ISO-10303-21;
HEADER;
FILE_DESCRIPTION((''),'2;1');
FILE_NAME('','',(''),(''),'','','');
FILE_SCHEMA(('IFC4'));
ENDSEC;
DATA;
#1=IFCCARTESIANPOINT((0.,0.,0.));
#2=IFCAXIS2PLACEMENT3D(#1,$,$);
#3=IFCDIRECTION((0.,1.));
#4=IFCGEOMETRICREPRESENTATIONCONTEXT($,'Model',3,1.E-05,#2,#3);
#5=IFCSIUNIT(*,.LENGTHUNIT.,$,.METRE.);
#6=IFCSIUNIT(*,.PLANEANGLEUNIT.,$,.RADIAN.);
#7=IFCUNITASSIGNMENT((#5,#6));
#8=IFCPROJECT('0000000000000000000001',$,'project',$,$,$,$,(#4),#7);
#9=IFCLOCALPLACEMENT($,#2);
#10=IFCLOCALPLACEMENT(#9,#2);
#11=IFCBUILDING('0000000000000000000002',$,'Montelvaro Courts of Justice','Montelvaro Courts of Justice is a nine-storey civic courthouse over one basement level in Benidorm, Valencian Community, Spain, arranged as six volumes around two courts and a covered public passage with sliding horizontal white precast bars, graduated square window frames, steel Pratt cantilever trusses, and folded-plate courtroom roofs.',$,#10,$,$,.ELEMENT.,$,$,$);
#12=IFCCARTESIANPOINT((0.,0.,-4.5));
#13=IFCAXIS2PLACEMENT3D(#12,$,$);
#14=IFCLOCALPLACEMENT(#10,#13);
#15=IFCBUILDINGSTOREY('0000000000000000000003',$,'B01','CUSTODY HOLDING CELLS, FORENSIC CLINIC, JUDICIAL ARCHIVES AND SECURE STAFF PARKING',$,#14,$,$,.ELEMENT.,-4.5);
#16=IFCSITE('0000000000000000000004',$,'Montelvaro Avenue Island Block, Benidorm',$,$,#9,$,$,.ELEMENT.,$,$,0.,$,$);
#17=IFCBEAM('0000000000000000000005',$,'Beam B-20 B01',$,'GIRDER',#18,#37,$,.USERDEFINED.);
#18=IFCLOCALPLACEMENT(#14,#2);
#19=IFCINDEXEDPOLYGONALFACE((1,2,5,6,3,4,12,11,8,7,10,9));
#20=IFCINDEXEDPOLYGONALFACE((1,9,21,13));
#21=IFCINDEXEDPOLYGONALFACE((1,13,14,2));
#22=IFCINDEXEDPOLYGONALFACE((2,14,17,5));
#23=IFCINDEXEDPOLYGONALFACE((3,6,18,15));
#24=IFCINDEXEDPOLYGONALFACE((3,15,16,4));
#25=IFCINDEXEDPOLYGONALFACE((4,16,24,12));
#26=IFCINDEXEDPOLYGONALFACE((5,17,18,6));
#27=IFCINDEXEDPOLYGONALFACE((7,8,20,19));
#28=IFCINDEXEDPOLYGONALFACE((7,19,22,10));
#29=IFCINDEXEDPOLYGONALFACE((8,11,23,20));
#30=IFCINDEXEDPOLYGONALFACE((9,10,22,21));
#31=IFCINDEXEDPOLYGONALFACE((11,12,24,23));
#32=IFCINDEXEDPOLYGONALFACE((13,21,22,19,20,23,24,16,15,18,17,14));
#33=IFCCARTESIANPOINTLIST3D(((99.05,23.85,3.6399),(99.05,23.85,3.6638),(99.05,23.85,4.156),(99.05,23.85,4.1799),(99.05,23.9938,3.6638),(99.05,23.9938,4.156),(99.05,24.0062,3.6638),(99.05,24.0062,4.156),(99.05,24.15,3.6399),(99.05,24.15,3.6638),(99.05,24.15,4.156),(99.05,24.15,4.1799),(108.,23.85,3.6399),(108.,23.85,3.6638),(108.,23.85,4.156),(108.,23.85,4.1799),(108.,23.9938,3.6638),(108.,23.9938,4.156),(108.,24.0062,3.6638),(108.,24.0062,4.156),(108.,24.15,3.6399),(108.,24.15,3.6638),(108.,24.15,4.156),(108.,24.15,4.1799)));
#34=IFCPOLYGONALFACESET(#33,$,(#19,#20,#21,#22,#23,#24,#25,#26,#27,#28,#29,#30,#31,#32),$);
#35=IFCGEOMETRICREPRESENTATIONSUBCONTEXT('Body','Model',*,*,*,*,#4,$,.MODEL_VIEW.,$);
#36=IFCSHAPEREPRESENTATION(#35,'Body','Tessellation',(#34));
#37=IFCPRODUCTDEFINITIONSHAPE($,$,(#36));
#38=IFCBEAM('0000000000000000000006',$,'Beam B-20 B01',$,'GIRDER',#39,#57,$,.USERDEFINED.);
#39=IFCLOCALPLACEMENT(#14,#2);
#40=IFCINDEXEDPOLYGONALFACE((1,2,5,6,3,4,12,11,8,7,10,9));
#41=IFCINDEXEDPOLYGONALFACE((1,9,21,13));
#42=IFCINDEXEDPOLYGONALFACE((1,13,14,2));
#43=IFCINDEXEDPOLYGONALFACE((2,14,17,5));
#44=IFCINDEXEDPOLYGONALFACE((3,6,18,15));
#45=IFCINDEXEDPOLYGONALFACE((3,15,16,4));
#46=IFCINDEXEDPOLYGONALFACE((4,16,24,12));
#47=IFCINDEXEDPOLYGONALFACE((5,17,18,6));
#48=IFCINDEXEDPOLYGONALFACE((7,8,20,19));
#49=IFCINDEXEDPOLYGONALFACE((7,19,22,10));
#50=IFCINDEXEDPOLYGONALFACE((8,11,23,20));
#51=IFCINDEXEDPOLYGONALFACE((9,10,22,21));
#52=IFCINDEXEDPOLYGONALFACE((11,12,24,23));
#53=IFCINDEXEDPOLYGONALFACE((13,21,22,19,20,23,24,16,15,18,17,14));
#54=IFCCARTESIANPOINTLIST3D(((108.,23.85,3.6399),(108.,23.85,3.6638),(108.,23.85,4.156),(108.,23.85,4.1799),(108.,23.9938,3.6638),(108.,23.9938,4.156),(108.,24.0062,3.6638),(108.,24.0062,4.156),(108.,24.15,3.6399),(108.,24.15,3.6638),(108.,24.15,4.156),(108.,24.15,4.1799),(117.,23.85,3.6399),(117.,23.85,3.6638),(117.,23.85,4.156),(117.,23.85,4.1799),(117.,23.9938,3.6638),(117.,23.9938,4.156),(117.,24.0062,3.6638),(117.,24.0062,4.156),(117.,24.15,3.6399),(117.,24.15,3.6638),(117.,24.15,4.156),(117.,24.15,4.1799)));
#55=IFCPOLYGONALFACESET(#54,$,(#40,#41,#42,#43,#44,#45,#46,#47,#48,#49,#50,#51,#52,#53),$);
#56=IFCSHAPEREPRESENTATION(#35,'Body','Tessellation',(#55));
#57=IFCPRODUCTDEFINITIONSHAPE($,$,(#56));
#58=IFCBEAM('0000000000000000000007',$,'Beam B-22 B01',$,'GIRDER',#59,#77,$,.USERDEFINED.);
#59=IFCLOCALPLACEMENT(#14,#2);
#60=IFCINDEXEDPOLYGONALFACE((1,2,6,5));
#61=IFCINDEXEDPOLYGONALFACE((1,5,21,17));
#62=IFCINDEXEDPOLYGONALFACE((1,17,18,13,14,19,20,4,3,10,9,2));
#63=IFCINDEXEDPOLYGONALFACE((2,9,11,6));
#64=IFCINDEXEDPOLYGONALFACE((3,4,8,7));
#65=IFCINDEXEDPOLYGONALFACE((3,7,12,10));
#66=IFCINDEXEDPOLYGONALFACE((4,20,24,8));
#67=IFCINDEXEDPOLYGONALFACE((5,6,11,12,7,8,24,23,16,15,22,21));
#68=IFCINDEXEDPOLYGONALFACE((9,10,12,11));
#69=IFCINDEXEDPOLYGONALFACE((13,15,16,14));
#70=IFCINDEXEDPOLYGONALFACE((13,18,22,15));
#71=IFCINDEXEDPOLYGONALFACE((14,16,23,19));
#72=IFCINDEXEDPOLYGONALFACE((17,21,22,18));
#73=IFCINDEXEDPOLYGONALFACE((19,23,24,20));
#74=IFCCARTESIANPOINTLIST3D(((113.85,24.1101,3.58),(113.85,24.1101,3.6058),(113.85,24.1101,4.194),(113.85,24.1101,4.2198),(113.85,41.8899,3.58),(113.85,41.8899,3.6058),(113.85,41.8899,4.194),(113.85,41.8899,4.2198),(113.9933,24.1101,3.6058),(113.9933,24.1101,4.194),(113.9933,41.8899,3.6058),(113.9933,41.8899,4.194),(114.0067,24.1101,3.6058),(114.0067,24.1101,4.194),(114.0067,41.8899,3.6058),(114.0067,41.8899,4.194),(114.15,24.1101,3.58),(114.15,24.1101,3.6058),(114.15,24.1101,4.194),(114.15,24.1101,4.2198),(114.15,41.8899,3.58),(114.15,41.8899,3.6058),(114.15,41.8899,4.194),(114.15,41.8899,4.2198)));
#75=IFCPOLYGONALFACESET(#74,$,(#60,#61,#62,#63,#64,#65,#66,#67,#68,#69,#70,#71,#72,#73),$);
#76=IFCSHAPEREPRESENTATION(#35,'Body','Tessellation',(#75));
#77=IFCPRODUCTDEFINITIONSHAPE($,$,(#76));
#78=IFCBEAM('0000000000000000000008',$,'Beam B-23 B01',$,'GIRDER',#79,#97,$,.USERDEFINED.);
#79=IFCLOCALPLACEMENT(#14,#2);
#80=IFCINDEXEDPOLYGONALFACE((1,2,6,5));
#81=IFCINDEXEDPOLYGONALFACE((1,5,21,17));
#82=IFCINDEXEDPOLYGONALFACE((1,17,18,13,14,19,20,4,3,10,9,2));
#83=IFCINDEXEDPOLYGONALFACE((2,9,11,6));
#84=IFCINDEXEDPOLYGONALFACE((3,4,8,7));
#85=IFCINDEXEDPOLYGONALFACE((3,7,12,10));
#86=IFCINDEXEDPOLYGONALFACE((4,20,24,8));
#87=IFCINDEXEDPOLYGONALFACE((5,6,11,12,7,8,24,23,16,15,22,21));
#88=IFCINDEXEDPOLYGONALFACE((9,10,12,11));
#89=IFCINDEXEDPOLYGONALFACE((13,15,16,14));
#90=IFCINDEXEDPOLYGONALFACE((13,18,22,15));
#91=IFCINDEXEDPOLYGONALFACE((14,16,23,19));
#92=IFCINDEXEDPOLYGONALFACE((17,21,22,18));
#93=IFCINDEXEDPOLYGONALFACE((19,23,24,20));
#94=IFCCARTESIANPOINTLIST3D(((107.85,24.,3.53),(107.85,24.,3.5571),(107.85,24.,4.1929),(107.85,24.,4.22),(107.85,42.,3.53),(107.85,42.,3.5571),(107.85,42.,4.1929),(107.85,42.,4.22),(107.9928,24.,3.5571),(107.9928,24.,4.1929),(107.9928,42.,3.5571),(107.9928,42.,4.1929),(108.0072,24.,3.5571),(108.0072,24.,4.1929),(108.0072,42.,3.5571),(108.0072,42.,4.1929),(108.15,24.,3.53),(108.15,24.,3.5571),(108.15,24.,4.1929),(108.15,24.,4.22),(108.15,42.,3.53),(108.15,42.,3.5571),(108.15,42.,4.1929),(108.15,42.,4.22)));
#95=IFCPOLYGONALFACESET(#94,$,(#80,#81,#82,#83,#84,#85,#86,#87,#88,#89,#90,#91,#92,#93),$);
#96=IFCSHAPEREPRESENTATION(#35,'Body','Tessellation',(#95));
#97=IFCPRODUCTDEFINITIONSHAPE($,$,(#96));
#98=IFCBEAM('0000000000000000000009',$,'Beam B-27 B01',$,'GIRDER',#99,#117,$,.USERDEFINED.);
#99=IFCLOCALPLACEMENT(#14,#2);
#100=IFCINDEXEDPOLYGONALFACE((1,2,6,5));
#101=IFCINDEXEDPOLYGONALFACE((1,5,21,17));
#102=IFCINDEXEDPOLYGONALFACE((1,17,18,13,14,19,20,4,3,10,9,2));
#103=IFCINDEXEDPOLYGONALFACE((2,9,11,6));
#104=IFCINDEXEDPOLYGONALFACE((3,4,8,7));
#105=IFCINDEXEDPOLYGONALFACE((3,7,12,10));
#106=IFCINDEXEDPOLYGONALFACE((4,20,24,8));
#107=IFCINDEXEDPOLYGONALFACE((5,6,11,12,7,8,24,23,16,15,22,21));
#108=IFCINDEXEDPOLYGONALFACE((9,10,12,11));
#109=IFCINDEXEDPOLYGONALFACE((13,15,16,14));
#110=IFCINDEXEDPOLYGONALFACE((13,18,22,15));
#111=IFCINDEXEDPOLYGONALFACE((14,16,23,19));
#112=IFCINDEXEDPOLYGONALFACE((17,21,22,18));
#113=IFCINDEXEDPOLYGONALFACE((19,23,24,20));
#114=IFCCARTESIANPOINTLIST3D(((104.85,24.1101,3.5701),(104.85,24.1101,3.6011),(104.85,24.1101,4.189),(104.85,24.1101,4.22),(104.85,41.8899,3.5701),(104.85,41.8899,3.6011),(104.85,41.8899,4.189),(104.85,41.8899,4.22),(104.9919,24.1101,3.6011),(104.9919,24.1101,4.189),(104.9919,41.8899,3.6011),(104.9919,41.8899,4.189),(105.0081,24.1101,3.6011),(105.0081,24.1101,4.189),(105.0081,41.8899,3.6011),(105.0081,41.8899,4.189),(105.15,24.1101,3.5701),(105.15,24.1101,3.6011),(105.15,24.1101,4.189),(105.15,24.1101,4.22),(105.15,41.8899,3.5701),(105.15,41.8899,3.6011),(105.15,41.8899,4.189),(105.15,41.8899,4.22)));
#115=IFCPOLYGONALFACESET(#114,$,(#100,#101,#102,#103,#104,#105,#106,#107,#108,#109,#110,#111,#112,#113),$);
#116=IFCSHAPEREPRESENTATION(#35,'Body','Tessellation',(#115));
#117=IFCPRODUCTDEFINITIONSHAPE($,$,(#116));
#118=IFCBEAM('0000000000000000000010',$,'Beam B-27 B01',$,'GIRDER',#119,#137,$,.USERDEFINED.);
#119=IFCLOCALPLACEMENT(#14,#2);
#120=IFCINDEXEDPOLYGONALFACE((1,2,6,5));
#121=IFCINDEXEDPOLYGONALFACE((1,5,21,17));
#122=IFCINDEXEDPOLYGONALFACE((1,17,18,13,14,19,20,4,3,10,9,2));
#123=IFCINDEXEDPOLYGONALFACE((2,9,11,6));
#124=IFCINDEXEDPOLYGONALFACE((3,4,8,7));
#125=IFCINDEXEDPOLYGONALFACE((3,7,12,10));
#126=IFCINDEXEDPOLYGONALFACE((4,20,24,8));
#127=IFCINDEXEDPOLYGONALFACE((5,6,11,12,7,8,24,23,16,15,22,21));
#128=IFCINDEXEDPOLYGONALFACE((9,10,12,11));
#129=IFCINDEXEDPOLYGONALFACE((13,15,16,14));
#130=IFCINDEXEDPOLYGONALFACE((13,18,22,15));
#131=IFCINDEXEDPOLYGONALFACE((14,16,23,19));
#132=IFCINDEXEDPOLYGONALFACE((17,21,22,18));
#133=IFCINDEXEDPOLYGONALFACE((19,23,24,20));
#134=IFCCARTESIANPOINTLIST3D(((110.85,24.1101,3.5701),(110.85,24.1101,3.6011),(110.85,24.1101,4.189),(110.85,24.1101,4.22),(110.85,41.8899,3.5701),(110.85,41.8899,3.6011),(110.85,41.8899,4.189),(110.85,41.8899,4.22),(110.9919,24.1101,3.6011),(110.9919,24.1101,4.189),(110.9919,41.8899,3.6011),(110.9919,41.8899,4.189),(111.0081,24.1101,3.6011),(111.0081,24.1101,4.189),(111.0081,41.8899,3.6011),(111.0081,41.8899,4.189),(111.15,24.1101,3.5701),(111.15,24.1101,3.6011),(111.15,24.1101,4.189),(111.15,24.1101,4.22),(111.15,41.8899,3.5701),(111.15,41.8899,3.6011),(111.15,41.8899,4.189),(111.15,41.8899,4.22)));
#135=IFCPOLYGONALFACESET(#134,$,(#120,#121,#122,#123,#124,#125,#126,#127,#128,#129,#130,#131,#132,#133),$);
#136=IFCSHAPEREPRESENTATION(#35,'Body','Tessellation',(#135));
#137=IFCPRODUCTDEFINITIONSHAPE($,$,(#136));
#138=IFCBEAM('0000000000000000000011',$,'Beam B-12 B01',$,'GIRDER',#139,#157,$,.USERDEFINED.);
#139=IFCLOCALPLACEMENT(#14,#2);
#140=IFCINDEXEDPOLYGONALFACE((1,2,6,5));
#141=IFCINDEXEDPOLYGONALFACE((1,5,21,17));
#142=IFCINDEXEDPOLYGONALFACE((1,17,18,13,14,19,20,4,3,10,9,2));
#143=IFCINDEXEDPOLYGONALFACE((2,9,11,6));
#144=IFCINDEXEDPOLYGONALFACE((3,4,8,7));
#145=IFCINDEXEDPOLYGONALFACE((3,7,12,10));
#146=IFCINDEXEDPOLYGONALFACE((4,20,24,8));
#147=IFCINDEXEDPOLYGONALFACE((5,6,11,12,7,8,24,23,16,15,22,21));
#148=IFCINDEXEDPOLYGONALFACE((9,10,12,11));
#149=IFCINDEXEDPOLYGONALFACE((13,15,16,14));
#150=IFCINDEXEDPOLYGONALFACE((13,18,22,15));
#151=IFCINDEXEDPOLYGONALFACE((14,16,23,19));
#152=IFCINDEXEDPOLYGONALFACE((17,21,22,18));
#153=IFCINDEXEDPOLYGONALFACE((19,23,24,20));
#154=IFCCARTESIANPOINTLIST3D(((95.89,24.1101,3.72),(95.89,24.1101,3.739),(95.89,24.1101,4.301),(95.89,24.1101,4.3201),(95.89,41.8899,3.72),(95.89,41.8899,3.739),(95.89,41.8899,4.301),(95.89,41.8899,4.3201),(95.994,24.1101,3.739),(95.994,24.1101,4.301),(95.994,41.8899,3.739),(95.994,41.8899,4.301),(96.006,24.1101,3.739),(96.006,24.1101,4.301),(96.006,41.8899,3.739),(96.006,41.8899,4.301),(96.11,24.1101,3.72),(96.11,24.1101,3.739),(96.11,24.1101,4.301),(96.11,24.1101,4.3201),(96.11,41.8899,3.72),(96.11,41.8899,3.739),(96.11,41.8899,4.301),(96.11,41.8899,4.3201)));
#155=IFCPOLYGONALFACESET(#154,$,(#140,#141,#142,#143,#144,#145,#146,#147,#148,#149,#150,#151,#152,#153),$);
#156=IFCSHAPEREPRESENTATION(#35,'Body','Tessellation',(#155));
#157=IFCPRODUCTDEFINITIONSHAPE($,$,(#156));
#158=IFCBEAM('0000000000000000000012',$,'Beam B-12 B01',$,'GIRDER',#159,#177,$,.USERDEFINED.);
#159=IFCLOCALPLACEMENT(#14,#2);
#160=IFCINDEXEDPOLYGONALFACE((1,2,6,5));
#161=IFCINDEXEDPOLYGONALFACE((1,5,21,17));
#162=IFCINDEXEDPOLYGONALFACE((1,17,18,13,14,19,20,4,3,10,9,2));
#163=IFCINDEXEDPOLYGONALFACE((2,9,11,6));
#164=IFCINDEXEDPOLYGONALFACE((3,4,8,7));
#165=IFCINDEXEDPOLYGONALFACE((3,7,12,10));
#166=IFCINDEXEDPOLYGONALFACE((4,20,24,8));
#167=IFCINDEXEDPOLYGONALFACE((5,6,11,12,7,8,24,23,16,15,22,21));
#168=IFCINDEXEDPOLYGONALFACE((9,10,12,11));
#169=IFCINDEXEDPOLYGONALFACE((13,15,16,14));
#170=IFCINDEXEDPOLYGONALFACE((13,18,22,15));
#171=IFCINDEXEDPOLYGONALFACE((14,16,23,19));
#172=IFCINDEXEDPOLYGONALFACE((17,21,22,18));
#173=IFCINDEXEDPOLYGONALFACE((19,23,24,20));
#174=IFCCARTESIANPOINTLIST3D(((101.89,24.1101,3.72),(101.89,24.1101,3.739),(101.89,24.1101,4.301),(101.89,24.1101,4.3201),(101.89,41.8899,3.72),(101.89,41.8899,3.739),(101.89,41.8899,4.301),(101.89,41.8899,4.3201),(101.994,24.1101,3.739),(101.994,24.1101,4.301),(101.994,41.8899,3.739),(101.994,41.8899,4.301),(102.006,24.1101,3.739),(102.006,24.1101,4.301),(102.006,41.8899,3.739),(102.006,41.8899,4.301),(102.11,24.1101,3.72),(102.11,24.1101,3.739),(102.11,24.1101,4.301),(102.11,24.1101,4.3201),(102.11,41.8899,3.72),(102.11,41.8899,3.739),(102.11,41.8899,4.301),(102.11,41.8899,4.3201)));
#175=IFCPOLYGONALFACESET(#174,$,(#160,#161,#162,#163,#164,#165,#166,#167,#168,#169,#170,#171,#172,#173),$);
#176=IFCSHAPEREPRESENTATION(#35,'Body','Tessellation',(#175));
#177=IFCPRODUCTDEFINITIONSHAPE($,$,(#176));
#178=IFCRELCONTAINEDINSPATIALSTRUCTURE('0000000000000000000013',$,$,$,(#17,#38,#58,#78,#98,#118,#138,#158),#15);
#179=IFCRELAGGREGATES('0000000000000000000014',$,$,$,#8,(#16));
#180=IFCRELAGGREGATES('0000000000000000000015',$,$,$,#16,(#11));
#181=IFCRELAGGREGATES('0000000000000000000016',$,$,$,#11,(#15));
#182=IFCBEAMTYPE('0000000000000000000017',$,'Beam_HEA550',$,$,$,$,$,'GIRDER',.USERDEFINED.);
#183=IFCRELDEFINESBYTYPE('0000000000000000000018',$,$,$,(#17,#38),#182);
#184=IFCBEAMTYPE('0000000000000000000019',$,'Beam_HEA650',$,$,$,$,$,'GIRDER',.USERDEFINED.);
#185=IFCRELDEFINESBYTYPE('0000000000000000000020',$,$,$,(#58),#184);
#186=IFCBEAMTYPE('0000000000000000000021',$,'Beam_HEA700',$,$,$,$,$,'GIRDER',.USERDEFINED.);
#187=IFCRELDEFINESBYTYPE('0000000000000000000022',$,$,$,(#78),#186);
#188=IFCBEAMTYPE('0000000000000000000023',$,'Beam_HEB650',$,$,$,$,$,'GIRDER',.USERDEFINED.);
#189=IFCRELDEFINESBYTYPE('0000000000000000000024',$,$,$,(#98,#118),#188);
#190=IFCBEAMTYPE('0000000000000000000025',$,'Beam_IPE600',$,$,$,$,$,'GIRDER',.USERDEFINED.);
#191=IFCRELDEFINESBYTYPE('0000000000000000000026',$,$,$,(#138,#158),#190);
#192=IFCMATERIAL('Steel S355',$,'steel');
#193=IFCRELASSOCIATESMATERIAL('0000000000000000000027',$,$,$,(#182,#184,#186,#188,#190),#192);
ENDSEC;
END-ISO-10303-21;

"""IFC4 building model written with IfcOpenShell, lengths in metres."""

from ifc_helpers import new_model, si_unit, direction, frame, origin, origin_2d, place, context, subcontext, project, spatial, i_section, extrude, material, material_profile, profile_set, type_object, element, save


model = new_model("IFC4")

# Units and contexts
model_context = context("Model", 3, precision=1e-05, world=origin(), true_north=direction((0.0, 1.0)))
body_context = subcontext(model_context, "Body", "Model", "MODEL_VIEW")
ifc_project = project(units=[si_unit("LENGTHUNIT", "METRE"), si_unit("PLANEANGLEUNIT", "RADIAN")], contexts=[model_context])

# Site, building, storey
site_placement = place(None, origin())
site = spatial("IfcSite", under=ifc_project, at=site_placement, Name="Montelvaro Avenue Island Block, Benidorm", CompositionType="ELEMENT", RefElevation=0.0)
building_placement = place(site_placement, origin())
building = spatial("IfcBuilding", under=site, at=building_placement, Name="Montelvaro Courts of Justice", Description="Montelvaro Courts of Justice is a nine-storey civic courthouse over one basement level in Benidorm, Valencian Community, Spain, arranged as six volumes around two courts and a covered public passage with sliding horizontal white precast bars, graduated square window frames, steel Pratt cantilever trusses, and folded-plate courtroom roofs.", CompositionType="ELEMENT")
storey_placement = place(building_placement, frame((0.0, 0.0, -4.5)))
storey = spatial("IfcBuildingStorey", under=building, at=storey_placement, Name="B01", Description="CUSTODY HOLDING CELLS, FORENSIC CLINIC, JUDICIAL ARCHIVES AND SECURE STAFF PARKING", CompositionType="ELEMENT", Elevation=-4.5)

# Beams
ifc_material_1 = material(Name="Steel S355", Category="steel")
ifc_material_profile_1 = material_profile(ifc_material_1, i_section(OverallWidth=0.3, OverallDepth=0.54, WebThickness=0.0125, FlangeThickness=0.0239, at=origin_2d()), Name="HEA 550")
ifc_profile_set_1 = profile_set([ifc_material_profile_1], Name="Steel S355")
beam_type_1 = type_object("IfcBeamType", Name="Beam_HEA550", ElementType="GIRDER", PredefinedType="USERDEFINED", material=ifc_profile_set_1)
beam_1_placement = place(storey_placement, frame((99.05, 24.0, 3.9099), z_axis=(1.0, 0.0, 0.0), x_axis=(0.0, 1.0, 0.0)))
element("IfcBeam", 1, at=beam_1_placement, inside=storey, type_object=beam_type_1, Name="Beam B-20 B01", ObjectType="GIRDER", PredefinedType="USERDEFINED", context=body_context, shape_type="SweptSolid", body=[
    extrude(i_section(OverallWidth=0.3, OverallDepth=0.54, WebThickness=0.0125, FlangeThickness=0.0239, at=origin_2d()), origin(), (0.0, 0.0, 1.0), 8.95),
])
beam_2_placement = place(storey_placement, frame((108.0, 24.0, 3.9099), z_axis=(1.0, 0.0, 0.0), x_axis=(0.0, 1.0, 0.0)))
element("IfcBeam", 2, at=beam_2_placement, inside=storey, type_object=beam_type_1, Name="Beam B-20 B01", ObjectType="GIRDER", PredefinedType="USERDEFINED", context=body_context, shape_type="SweptSolid", body=[
    extrude(i_section(OverallWidth=0.3, OverallDepth=0.54, WebThickness=0.0125, FlangeThickness=0.0239, at=origin_2d()), origin(), (0.0, 0.0, 1.0), 9.0),
])
ifc_material_profile_2 = material_profile(ifc_material_1, i_section(OverallWidth=0.3, OverallDepth=0.6399, WebThickness=0.0134, FlangeThickness=0.0259, at=origin_2d()), Name="HEA 650")
ifc_profile_set_2 = profile_set([ifc_material_profile_2], Name="Steel S355")
beam_type_2 = type_object("IfcBeamType", Name="Beam_HEA650", ElementType="GIRDER", PredefinedType="USERDEFINED", material=ifc_profile_set_2)
beam_3_placement = place(storey_placement, frame((114.0, 24.1101, 3.8999), z_axis=(0.0, 1.0, 0.0), x_axis=(-1.0, 0.0, 0.0)))
element("IfcBeam", 3, at=beam_3_placement, inside=storey, type_object=beam_type_2, Name="Beam B-22 B01", ObjectType="GIRDER", PredefinedType="USERDEFINED", context=body_context, shape_type="SweptSolid", body=[
    extrude(i_section(OverallWidth=0.3, OverallDepth=0.6399, WebThickness=0.0134, FlangeThickness=0.0259, at=origin_2d()), origin(), (0.0, 0.0, 1.0), 17.7798),
])
ifc_material_profile_3 = material_profile(ifc_material_1, i_section(OverallWidth=0.3, OverallDepth=0.6899, WebThickness=0.0144, FlangeThickness=0.0271, at=origin_2d()), Name="HEA 700")
ifc_profile_set_3 = profile_set([ifc_material_profile_3], Name="Steel S355")
beam_type_3 = type_object("IfcBeamType", Name="Beam_HEA700", ElementType="GIRDER", PredefinedType="USERDEFINED", material=ifc_profile_set_3)
beam_4_placement = place(storey_placement, frame((108.0, 24.0, 3.875), z_axis=(0.0, 1.0, 0.0), x_axis=(-1.0, 0.0, 0.0)))
element("IfcBeam", 4, at=beam_4_placement, inside=storey, type_object=beam_type_3, Name="Beam B-23 B01", ObjectType="GIRDER", PredefinedType="USERDEFINED", context=body_context, shape_type="SweptSolid", body=[
    extrude(i_section(OverallWidth=0.3, OverallDepth=0.6899, WebThickness=0.0144, FlangeThickness=0.0271, at=origin_2d()), origin(), (0.0, 0.0, 1.0), 18.0),
])
ifc_material_profile_4 = material_profile(ifc_material_1, i_section(OverallWidth=0.3, OverallDepth=0.6499, WebThickness=0.0161, FlangeThickness=0.031, at=origin_2d()), Name="HEB 650")
ifc_profile_set_4 = profile_set([ifc_material_profile_4], Name="Steel S355")
beam_type_4 = type_object("IfcBeamType", Name="Beam_HEB650", ElementType="GIRDER", PredefinedType="USERDEFINED", material=ifc_profile_set_4)
for number, where, z_axis, x_axis, name in (
    (5, (105.0, 24.1101, 3.895), (0.0, 1.0, 0.0), (-1.0, 0.0, 0.0), "Beam B-27 B01"),
    (6, (111.0, 24.1101, 3.895), (0.0, 1.0, 0.0), (-1.0, 0.0, 0.0), "Beam B-27 B01"),
):
    element("IfcBeam", number, at=place(storey_placement, frame(where, z_axis=z_axis, x_axis=x_axis)), inside=storey, type_object=beam_type_4, Name=name, ObjectType="GIRDER", PredefinedType="USERDEFINED", context=body_context, shape_type="SweptSolid", body=[
        extrude(i_section(OverallWidth=0.3, OverallDepth=0.6499, WebThickness=0.0161, FlangeThickness=0.031, at=origin_2d()), origin(), (0.0, 0.0, 1.0), 17.7798),
    ])
ifc_material_profile_5 = material_profile(ifc_material_1, i_section(OverallWidth=0.22, OverallDepth=0.6001, WebThickness=0.012, FlangeThickness=0.019, at=origin_2d()), Name="IPE 600")
ifc_profile_set_5 = profile_set([ifc_material_profile_5], Name="Steel S355")
beam_type_5 = type_object("IfcBeamType", Name="Beam_IPE600", ElementType="GIRDER", PredefinedType="USERDEFINED", material=ifc_profile_set_5)
for number, where, z_axis, x_axis, name in (
    (7, (96.0, 24.1101, 4.02), (0.0, 1.0, 0.0), (-1.0, 0.0, 0.0), "Beam B-12 B01"),
    (8, (102.0, 24.1101, 4.02), (0.0, 1.0, 0.0), (-1.0, 0.0, 0.0), "Beam B-12 B01"),
):
    element("IfcBeam", number, at=place(storey_placement, frame(where, z_axis=z_axis, x_axis=x_axis)), inside=storey, type_object=beam_type_5, Name=name, ObjectType="GIRDER", PredefinedType="USERDEFINED", context=body_context, shape_type="SweptSolid", body=[
        extrude(i_section(OverallWidth=0.22, OverallDepth=0.6001, WebThickness=0.012, FlangeThickness=0.019, at=origin_2d()), origin(), (0.0, 0.0, 1.0), 17.7798),
    ])

save(model, "model.ifc")
